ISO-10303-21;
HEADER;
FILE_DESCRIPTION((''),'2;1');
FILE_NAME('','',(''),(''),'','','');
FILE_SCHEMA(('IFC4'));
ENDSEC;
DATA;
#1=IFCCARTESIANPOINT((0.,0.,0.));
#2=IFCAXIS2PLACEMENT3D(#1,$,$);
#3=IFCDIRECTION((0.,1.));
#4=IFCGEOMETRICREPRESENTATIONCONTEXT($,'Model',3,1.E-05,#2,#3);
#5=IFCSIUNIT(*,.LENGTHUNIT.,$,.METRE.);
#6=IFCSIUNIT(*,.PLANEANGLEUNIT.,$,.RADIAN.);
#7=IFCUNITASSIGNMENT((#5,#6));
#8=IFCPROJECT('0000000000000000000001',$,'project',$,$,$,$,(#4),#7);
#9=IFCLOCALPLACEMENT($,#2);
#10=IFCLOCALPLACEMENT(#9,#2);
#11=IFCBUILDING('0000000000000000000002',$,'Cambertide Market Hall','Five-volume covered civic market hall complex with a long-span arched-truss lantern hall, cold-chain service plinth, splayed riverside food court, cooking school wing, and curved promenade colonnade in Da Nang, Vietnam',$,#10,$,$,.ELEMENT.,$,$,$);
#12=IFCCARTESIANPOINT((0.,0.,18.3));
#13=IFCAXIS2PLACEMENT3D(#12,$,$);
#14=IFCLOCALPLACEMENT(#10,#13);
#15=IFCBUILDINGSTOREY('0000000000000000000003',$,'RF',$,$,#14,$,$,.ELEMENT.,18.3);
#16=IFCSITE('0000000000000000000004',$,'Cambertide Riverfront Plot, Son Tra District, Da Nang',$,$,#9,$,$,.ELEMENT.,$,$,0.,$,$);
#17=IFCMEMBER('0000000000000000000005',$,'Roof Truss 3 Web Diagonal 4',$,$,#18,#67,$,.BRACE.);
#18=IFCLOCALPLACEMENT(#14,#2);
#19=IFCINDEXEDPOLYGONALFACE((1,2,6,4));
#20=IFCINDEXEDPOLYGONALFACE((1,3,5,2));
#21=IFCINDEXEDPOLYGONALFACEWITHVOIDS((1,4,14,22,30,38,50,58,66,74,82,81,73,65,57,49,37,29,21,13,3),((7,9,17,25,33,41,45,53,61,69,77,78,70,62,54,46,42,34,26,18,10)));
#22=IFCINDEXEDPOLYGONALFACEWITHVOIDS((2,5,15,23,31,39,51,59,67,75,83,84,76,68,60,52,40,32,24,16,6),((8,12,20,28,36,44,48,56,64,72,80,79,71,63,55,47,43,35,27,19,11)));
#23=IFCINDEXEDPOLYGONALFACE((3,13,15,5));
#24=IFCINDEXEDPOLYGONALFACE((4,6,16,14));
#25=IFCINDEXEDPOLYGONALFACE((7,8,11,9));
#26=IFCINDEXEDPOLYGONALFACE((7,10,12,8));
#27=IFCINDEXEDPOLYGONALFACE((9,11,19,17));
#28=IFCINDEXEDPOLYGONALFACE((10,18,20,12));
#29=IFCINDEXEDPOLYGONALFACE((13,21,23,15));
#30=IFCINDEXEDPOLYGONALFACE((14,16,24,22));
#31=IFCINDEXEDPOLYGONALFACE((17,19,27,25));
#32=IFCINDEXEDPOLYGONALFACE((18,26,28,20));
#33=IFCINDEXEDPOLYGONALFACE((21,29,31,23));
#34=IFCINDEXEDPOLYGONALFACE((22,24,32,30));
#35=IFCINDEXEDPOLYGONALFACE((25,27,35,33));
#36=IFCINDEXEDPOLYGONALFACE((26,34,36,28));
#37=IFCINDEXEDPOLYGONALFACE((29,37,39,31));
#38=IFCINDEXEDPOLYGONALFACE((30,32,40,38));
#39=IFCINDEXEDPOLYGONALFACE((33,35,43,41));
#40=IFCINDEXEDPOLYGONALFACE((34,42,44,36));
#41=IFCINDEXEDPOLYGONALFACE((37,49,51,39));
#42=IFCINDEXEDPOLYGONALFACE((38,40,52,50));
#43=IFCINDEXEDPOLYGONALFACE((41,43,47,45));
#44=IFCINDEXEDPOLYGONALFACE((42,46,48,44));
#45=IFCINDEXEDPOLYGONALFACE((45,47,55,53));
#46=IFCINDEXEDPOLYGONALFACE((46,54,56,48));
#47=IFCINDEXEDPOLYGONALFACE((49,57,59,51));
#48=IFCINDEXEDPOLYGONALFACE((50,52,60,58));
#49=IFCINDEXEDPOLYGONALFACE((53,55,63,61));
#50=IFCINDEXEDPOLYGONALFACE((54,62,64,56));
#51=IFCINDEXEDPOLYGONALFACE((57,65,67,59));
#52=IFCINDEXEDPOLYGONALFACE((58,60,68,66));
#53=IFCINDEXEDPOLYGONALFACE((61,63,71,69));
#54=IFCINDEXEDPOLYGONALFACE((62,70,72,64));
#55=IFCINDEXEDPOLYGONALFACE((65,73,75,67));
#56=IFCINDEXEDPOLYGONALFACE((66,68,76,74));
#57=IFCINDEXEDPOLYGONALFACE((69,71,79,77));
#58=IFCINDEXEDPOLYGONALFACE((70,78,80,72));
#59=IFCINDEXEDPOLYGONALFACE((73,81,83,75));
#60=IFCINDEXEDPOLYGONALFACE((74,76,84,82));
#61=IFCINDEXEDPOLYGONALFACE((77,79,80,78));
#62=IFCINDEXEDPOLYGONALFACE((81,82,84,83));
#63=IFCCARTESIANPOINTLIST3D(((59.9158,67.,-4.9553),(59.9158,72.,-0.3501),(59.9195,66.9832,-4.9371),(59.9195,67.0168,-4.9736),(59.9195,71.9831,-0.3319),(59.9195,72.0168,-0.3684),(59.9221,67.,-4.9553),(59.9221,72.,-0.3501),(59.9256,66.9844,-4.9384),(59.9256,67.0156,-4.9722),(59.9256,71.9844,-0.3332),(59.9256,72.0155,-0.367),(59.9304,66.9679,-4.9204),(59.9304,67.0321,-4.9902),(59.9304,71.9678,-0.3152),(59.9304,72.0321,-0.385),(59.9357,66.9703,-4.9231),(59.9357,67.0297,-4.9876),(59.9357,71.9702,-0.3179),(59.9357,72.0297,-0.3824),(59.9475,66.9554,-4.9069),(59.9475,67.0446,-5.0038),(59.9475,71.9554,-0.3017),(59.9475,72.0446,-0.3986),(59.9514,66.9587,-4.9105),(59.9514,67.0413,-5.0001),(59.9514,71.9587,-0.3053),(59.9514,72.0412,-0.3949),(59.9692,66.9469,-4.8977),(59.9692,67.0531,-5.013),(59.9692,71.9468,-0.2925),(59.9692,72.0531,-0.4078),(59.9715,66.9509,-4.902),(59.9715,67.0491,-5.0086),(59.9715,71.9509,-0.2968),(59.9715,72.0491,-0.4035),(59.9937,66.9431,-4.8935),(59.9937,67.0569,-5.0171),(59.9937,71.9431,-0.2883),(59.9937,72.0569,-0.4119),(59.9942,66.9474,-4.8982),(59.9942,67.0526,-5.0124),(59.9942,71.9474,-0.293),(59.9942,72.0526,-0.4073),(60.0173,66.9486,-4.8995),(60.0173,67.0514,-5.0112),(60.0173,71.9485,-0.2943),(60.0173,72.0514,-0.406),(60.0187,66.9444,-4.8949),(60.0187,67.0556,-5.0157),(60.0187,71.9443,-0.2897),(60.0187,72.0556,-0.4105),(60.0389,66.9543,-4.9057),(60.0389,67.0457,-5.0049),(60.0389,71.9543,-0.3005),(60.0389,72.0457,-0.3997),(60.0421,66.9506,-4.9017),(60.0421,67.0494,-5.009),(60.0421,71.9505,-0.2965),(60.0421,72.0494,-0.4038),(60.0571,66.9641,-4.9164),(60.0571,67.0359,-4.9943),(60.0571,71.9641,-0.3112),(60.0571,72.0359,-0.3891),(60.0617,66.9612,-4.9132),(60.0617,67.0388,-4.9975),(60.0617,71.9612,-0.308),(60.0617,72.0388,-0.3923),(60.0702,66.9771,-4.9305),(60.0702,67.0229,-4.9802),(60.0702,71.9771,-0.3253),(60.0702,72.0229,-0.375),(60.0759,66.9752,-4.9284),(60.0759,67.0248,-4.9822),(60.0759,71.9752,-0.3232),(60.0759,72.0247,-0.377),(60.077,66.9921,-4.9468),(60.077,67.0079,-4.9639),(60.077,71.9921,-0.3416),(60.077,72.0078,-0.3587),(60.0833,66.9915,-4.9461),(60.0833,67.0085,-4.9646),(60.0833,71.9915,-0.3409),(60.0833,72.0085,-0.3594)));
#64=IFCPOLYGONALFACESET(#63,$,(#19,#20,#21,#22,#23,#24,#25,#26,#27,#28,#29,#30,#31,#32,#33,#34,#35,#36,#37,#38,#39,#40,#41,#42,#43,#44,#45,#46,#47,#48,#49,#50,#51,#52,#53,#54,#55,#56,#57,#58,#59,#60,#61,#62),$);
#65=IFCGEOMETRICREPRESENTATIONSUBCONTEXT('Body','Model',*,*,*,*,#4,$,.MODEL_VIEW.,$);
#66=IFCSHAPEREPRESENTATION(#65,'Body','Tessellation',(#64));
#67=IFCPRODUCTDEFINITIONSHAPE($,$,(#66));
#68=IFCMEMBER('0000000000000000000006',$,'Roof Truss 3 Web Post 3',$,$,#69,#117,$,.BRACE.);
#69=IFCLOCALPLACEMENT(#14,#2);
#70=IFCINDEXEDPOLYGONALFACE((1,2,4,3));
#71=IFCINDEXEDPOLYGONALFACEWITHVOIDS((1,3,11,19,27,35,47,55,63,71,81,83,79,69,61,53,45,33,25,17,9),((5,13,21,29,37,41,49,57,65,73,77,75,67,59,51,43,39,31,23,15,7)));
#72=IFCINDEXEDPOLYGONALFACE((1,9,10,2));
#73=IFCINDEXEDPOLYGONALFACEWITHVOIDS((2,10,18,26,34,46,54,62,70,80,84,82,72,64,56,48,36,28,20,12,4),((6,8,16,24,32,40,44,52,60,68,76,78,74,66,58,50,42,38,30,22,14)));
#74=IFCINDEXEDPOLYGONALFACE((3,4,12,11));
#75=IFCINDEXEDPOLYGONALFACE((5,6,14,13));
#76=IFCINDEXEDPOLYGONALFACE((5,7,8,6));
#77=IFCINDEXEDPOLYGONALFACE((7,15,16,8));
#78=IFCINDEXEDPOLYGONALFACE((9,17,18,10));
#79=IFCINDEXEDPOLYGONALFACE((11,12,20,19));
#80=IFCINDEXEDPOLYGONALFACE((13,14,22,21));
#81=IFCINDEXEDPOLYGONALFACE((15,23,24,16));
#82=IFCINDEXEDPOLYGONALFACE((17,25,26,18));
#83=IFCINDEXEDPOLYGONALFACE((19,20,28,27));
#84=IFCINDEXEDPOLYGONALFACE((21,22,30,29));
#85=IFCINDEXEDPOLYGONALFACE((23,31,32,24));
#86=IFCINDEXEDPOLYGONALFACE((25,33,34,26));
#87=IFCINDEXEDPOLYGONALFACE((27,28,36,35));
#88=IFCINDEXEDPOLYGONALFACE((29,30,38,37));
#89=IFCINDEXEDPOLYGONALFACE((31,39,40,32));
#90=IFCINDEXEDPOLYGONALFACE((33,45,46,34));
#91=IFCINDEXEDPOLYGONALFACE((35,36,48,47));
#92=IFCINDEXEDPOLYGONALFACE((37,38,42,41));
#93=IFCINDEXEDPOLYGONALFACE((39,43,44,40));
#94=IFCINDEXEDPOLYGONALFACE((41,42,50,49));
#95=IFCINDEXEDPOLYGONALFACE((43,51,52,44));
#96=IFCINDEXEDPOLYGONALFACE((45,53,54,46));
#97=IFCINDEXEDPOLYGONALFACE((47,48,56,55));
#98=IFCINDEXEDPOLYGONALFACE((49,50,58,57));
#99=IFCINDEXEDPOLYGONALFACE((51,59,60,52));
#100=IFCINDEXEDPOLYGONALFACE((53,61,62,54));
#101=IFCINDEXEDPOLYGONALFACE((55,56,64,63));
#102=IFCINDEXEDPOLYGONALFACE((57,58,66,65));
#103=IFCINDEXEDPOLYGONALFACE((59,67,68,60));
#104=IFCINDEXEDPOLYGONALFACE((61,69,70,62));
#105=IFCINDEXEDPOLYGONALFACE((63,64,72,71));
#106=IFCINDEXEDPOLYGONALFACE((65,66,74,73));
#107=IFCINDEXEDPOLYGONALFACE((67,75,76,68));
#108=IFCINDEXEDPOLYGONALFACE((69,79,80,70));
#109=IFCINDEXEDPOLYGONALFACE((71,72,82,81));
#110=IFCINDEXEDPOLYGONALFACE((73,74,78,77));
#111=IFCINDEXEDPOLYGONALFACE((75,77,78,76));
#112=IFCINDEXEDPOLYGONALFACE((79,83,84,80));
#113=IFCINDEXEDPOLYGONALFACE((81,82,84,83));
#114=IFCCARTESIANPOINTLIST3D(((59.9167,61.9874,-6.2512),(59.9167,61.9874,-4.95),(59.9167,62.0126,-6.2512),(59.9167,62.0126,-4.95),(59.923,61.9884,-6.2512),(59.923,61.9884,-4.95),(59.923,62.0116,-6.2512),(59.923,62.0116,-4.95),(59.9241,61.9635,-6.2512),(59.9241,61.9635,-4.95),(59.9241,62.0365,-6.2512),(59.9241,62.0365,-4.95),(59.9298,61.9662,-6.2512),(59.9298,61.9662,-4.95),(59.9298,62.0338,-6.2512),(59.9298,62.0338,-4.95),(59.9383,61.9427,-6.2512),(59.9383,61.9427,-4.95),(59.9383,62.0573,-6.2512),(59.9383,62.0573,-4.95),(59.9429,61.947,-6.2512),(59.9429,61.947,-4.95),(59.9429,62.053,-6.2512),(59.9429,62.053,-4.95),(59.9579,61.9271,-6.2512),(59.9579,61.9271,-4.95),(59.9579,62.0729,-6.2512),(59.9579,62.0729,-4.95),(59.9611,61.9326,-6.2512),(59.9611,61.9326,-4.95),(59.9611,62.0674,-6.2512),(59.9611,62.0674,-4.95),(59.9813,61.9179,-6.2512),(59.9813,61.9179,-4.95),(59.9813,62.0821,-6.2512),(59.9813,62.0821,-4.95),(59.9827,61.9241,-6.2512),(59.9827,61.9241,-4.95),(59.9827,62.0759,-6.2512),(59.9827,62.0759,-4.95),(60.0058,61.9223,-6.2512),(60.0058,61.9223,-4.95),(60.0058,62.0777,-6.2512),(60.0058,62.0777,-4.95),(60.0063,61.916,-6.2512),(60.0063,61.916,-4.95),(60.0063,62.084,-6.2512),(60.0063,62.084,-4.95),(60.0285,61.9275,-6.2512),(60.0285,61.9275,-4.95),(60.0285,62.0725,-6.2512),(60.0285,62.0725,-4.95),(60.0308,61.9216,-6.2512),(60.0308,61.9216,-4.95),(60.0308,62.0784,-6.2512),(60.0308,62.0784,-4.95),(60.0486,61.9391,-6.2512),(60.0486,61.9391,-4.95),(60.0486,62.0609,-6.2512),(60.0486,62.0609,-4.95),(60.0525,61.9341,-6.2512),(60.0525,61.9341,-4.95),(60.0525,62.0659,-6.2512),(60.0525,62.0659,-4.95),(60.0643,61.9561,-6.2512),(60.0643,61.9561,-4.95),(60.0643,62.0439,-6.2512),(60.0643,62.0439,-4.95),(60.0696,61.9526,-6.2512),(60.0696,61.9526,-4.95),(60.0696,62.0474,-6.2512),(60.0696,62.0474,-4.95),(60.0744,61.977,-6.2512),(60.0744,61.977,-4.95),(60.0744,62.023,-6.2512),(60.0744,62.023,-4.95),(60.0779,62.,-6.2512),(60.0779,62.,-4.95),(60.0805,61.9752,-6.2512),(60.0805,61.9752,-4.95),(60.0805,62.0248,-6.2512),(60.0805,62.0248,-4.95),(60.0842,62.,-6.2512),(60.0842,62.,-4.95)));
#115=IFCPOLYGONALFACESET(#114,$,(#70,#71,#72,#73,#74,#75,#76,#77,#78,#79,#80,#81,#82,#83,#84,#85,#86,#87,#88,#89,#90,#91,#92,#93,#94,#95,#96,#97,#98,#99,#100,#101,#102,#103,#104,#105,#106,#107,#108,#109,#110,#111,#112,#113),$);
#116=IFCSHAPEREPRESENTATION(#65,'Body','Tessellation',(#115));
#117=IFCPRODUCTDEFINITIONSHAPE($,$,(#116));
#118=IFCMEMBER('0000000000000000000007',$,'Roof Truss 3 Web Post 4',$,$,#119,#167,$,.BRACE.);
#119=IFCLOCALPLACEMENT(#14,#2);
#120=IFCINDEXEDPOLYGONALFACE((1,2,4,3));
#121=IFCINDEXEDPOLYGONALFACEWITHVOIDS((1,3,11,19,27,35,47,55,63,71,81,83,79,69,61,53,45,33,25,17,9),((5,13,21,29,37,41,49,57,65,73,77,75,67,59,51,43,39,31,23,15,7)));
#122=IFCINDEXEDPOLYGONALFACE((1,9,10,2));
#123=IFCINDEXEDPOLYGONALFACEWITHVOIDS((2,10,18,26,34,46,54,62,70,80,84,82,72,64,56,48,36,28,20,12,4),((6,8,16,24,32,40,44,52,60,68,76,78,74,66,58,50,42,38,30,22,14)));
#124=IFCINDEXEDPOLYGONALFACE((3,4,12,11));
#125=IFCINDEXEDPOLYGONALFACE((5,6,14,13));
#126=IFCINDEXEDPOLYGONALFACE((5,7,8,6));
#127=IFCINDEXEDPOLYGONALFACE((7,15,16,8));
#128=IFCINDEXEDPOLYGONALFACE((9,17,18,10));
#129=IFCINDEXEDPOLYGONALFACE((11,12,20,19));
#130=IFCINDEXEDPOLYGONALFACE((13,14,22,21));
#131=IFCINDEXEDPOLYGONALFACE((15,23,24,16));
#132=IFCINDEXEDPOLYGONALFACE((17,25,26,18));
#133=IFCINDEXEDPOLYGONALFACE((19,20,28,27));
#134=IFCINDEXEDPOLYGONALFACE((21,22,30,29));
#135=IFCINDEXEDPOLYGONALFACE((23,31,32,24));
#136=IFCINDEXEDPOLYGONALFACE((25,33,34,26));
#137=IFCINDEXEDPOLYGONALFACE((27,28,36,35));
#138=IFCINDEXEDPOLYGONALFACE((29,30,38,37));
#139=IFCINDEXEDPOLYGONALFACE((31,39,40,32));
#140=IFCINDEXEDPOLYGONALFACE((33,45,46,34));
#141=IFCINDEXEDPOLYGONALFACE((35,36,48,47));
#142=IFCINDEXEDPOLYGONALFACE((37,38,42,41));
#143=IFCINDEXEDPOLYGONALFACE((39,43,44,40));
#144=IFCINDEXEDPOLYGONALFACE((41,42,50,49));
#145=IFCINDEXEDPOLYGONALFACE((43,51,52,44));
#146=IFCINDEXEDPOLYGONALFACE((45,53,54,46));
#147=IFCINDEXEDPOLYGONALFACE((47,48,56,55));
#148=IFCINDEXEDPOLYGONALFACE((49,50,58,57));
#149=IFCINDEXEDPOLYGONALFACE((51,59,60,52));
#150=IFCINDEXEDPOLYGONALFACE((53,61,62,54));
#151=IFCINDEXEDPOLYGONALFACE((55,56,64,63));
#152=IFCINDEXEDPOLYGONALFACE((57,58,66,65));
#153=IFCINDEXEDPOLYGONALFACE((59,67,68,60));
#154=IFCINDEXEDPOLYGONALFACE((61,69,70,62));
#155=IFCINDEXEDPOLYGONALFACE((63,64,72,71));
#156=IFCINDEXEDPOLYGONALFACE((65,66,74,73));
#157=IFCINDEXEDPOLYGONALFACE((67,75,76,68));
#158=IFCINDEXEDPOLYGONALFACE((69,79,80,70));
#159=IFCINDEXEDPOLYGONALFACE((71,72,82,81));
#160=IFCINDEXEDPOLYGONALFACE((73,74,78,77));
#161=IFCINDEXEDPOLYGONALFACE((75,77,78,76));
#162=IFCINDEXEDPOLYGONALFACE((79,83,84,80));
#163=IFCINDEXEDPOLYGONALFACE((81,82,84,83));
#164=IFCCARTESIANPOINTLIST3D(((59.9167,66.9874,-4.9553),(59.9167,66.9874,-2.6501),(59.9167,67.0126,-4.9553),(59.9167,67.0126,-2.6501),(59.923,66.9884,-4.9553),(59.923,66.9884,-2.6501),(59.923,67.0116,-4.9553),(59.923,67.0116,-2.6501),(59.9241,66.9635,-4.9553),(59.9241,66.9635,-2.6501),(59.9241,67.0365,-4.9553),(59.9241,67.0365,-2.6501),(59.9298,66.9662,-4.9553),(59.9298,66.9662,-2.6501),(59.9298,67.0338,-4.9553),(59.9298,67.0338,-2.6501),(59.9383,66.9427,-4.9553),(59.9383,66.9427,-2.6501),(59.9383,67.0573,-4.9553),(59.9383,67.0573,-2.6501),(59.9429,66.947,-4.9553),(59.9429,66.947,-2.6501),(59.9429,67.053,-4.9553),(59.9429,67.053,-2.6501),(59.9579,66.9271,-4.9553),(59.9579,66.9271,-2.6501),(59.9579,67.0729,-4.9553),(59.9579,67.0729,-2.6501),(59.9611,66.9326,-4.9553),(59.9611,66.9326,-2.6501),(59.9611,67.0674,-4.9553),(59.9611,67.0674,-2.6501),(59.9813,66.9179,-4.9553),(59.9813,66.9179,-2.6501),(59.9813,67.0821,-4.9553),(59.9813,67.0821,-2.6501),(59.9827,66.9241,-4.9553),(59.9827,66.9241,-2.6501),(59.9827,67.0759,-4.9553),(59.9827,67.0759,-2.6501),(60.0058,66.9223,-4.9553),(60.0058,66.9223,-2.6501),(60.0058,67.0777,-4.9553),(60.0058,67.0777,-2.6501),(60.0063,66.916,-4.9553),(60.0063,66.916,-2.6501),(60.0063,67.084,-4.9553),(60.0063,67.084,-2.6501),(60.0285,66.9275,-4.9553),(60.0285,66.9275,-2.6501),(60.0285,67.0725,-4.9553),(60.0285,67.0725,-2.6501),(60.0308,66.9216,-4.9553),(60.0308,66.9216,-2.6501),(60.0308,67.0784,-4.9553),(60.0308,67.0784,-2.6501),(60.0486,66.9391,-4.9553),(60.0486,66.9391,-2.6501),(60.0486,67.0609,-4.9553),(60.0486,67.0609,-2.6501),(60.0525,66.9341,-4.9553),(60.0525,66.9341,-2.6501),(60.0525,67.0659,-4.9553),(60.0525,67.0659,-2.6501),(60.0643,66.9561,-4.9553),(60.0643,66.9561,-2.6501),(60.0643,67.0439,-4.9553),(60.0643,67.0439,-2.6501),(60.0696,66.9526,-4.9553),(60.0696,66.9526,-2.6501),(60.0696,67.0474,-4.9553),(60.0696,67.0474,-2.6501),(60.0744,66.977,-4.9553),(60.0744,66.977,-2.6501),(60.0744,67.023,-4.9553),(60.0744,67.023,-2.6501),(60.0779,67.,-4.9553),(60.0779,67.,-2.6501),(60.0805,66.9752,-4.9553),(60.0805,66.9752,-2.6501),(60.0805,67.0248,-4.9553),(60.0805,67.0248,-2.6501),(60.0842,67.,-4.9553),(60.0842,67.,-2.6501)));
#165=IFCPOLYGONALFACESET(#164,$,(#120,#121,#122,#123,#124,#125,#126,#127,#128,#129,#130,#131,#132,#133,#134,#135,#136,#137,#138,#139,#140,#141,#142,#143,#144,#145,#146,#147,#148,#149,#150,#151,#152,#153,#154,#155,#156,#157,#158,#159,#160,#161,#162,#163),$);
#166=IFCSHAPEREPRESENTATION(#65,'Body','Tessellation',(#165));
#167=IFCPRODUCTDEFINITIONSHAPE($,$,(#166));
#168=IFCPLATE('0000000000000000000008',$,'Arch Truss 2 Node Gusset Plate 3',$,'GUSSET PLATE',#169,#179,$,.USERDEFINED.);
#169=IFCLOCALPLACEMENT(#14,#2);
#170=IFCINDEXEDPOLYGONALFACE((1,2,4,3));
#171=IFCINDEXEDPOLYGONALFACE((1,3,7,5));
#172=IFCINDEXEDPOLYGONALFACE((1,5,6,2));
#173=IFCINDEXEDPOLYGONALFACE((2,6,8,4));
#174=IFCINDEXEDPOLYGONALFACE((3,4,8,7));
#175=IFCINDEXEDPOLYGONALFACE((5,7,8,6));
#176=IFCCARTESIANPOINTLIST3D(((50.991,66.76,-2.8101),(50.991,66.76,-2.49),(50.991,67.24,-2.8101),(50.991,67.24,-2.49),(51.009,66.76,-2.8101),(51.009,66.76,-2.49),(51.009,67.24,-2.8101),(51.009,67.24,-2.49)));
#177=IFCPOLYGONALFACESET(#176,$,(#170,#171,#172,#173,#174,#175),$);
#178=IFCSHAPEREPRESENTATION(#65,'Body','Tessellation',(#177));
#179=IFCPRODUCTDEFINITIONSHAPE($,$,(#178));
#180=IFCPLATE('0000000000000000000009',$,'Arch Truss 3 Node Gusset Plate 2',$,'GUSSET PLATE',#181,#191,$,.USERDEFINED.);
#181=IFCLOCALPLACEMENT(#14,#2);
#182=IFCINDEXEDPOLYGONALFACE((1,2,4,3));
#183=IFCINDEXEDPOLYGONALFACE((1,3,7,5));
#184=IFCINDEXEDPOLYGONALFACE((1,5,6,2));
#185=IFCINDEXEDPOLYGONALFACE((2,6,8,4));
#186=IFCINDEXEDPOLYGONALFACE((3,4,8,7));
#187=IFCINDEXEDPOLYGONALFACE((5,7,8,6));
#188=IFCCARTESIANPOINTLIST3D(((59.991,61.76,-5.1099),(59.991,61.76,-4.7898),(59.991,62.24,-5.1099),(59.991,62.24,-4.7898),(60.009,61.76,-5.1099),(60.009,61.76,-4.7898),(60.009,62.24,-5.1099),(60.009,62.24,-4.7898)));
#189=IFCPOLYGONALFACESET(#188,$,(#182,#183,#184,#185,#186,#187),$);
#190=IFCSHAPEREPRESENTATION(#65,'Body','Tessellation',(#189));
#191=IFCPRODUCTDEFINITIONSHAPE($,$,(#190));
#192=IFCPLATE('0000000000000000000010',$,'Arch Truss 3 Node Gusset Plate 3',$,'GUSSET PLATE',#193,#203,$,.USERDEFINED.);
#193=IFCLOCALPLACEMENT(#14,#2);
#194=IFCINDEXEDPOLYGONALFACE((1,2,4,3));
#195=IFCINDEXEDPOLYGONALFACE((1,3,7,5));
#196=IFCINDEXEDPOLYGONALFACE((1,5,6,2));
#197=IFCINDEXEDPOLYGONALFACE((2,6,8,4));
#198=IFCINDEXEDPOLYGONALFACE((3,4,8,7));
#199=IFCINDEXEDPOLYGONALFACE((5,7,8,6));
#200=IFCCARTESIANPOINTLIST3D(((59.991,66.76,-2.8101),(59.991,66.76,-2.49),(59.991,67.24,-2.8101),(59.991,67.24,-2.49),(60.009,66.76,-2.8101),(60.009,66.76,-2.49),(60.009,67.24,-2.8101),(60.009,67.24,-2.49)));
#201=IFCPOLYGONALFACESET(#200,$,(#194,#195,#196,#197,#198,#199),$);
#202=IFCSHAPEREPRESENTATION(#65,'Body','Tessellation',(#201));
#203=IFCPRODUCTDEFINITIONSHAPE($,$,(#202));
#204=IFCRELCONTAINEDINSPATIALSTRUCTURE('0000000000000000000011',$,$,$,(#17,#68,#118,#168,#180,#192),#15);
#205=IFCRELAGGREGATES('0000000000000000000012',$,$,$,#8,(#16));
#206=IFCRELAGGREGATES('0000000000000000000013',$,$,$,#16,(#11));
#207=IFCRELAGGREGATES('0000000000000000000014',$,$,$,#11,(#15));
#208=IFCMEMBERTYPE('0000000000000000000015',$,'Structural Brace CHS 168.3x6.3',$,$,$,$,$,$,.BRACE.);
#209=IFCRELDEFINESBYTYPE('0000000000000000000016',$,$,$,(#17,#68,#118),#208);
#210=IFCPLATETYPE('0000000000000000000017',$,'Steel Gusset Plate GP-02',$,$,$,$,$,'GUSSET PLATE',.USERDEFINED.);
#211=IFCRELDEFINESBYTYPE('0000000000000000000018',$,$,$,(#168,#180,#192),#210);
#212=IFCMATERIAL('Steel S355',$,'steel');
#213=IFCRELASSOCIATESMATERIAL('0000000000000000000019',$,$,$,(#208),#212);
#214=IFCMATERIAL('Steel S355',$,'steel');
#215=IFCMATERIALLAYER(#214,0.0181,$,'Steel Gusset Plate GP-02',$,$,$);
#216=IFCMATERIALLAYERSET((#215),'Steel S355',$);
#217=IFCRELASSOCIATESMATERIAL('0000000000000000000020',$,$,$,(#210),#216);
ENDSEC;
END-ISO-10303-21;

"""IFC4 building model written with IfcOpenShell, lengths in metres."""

from ifc_helpers import new_model, si_unit, direction, frame, origin, origin_2d, place, context, subcontext, project, spatial, rectangle, hollow_circle, extrude, material, layer, layer_set, material_profile, profile_set, type_object, element, save


model = new_model("IFC4")

# Units and contexts
model_context = context("Model", 3, precision=1e-05, world=origin(), true_north=direction((0.0, 1.0)))
body_context = subcontext(model_context, "Body", "Model", "MODEL_VIEW")
ifc_project = project(units=[si_unit("LENGTHUNIT", "METRE"), si_unit("PLANEANGLEUNIT", "RADIAN")], contexts=[model_context])

# Site, building, storey
site_placement = place(None, origin())
site = spatial("IfcSite", under=ifc_project, at=site_placement, Name="Cambertide Riverfront Plot, Son Tra District, Da Nang", CompositionType="ELEMENT", RefElevation=0.0)
building_placement = place(site_placement, origin())
building = spatial("IfcBuilding", under=site, at=building_placement, Name="Cambertide Market Hall", Description="Five-volume covered civic market hall complex with a long-span arched-truss lantern hall, cold-chain service plinth, splayed riverside food court, cooking school wing, and curved promenade colonnade in Da Nang, Vietnam", CompositionType="ELEMENT")
storey_placement = place(building_placement, frame((0.0, 0.0, 18.3)))
storey = spatial("IfcBuildingStorey", under=building, at=storey_placement, Name="RF", CompositionType="ELEMENT", Elevation=18.3)

# Members
ifc_material_1 = material(Name="Steel S355", Category="steel")
ifc_material_profile_1 = material_profile(ifc_material_1, hollow_circle(Radius=0.0842, WallThickness=0.0063, at=origin_2d()), Name="CHS 168.3x6.3")
ifc_profile_set_1 = profile_set([ifc_material_profile_1], Name="Steel S355")
member_type_1 = type_object("IfcMemberType", Name="Structural Brace CHS 168.3x6.3", PredefinedType="BRACE", material=ifc_profile_set_1)
member_1_placement = place(storey_placement, frame((60.0, 67.0, -4.9553), z_axis=(0.0, 0.735548, 0.677473), x_axis=(-1.0, 0.0, 0.0)))
element("IfcMember", 1, at=member_1_placement, inside=storey, type_object=member_type_1, Name="Roof Truss 3 Web Diagonal 4", PredefinedType="BRACE", context=body_context, shape_type="SweptSolid", body=[
    extrude(hollow_circle(Radius=0.0842, WallThickness=0.0063, at=origin_2d()), origin(), (0.0, 0.0, 1.0), 6.7976),
])
member_2_placement = place(storey_placement, frame((60.0, 62.0, -6.2512), z_axis=(0.0, 0.0, 1.0), x_axis=(1.0, 0.0, 0.0)))
element("IfcMember", 2, at=member_2_placement, inside=storey, type_object=member_type_1, Name="Roof Truss 3 Web Post 3", PredefinedType="BRACE", context=body_context, shape_type="SweptSolid", body=[
    extrude(hollow_circle(Radius=0.0842, WallThickness=0.0063, at=origin_2d()), origin(), (0.0, 0.0, 1.0), 1.3013),
])
member_3_placement = place(storey_placement, frame((60.0, 67.0, -4.9553), z_axis=(0.0, 0.0, 1.0), x_axis=(1.0, 0.0, 0.0)))
element("IfcMember", 3, at=member_3_placement, inside=storey, type_object=member_type_1, Name="Roof Truss 3 Web Post 4", PredefinedType="BRACE", context=body_context, shape_type="SweptSolid", body=[
    extrude(hollow_circle(Radius=0.0842, WallThickness=0.0063, at=origin_2d()), origin(), (0.0, 0.0, 1.0), 2.3052),
])

# Plates
ifc_material_2 = material(Name="Steel S355", Category="steel")
ifc_layer = layer(ifc_material_2, 0.0181, Name="Steel Gusset Plate GP-02")
ifc_layer_set = layer_set([ifc_layer], Name="Steel S355")
plate_type = type_object("IfcPlateType", Name="Steel Gusset Plate GP-02", ElementType="GUSSET PLATE", PredefinedType="USERDEFINED", material=ifc_layer_set)
for number, where, z_axis, x_axis, name in (
    (4, (51.0, 67.0, -2.8101), (0.0, 0.0, 1.0), (1.0, 0.0, 0.0), "Arch Truss 2 Node Gusset Plate 3"),
    (5, (60.0, 62.0, -5.1099), (0.0, 0.0, 1.0), (1.0, 0.0, 0.0), "Arch Truss 3 Node Gusset Plate 2"),
    (6, (60.0, 67.0, -2.8101), (0.0, 0.0, 1.0), (1.0, 0.0, 0.0), "Arch Truss 3 Node Gusset Plate 3"),
):
    element("IfcPlate", number, at=place(storey_placement, frame(where, z_axis=z_axis, x_axis=x_axis)), inside=storey, type_object=plate_type, Name=name, ObjectType="GUSSET PLATE", PredefinedType="USERDEFINED", context=body_context, shape_type="SweptSolid", body=[
        extrude(rectangle(XDim=0.0181, YDim=0.48, at=origin_2d()), origin(), (0.0, 0.0, 1.0), 0.3201),
    ])

save(model, "model.ifc")
